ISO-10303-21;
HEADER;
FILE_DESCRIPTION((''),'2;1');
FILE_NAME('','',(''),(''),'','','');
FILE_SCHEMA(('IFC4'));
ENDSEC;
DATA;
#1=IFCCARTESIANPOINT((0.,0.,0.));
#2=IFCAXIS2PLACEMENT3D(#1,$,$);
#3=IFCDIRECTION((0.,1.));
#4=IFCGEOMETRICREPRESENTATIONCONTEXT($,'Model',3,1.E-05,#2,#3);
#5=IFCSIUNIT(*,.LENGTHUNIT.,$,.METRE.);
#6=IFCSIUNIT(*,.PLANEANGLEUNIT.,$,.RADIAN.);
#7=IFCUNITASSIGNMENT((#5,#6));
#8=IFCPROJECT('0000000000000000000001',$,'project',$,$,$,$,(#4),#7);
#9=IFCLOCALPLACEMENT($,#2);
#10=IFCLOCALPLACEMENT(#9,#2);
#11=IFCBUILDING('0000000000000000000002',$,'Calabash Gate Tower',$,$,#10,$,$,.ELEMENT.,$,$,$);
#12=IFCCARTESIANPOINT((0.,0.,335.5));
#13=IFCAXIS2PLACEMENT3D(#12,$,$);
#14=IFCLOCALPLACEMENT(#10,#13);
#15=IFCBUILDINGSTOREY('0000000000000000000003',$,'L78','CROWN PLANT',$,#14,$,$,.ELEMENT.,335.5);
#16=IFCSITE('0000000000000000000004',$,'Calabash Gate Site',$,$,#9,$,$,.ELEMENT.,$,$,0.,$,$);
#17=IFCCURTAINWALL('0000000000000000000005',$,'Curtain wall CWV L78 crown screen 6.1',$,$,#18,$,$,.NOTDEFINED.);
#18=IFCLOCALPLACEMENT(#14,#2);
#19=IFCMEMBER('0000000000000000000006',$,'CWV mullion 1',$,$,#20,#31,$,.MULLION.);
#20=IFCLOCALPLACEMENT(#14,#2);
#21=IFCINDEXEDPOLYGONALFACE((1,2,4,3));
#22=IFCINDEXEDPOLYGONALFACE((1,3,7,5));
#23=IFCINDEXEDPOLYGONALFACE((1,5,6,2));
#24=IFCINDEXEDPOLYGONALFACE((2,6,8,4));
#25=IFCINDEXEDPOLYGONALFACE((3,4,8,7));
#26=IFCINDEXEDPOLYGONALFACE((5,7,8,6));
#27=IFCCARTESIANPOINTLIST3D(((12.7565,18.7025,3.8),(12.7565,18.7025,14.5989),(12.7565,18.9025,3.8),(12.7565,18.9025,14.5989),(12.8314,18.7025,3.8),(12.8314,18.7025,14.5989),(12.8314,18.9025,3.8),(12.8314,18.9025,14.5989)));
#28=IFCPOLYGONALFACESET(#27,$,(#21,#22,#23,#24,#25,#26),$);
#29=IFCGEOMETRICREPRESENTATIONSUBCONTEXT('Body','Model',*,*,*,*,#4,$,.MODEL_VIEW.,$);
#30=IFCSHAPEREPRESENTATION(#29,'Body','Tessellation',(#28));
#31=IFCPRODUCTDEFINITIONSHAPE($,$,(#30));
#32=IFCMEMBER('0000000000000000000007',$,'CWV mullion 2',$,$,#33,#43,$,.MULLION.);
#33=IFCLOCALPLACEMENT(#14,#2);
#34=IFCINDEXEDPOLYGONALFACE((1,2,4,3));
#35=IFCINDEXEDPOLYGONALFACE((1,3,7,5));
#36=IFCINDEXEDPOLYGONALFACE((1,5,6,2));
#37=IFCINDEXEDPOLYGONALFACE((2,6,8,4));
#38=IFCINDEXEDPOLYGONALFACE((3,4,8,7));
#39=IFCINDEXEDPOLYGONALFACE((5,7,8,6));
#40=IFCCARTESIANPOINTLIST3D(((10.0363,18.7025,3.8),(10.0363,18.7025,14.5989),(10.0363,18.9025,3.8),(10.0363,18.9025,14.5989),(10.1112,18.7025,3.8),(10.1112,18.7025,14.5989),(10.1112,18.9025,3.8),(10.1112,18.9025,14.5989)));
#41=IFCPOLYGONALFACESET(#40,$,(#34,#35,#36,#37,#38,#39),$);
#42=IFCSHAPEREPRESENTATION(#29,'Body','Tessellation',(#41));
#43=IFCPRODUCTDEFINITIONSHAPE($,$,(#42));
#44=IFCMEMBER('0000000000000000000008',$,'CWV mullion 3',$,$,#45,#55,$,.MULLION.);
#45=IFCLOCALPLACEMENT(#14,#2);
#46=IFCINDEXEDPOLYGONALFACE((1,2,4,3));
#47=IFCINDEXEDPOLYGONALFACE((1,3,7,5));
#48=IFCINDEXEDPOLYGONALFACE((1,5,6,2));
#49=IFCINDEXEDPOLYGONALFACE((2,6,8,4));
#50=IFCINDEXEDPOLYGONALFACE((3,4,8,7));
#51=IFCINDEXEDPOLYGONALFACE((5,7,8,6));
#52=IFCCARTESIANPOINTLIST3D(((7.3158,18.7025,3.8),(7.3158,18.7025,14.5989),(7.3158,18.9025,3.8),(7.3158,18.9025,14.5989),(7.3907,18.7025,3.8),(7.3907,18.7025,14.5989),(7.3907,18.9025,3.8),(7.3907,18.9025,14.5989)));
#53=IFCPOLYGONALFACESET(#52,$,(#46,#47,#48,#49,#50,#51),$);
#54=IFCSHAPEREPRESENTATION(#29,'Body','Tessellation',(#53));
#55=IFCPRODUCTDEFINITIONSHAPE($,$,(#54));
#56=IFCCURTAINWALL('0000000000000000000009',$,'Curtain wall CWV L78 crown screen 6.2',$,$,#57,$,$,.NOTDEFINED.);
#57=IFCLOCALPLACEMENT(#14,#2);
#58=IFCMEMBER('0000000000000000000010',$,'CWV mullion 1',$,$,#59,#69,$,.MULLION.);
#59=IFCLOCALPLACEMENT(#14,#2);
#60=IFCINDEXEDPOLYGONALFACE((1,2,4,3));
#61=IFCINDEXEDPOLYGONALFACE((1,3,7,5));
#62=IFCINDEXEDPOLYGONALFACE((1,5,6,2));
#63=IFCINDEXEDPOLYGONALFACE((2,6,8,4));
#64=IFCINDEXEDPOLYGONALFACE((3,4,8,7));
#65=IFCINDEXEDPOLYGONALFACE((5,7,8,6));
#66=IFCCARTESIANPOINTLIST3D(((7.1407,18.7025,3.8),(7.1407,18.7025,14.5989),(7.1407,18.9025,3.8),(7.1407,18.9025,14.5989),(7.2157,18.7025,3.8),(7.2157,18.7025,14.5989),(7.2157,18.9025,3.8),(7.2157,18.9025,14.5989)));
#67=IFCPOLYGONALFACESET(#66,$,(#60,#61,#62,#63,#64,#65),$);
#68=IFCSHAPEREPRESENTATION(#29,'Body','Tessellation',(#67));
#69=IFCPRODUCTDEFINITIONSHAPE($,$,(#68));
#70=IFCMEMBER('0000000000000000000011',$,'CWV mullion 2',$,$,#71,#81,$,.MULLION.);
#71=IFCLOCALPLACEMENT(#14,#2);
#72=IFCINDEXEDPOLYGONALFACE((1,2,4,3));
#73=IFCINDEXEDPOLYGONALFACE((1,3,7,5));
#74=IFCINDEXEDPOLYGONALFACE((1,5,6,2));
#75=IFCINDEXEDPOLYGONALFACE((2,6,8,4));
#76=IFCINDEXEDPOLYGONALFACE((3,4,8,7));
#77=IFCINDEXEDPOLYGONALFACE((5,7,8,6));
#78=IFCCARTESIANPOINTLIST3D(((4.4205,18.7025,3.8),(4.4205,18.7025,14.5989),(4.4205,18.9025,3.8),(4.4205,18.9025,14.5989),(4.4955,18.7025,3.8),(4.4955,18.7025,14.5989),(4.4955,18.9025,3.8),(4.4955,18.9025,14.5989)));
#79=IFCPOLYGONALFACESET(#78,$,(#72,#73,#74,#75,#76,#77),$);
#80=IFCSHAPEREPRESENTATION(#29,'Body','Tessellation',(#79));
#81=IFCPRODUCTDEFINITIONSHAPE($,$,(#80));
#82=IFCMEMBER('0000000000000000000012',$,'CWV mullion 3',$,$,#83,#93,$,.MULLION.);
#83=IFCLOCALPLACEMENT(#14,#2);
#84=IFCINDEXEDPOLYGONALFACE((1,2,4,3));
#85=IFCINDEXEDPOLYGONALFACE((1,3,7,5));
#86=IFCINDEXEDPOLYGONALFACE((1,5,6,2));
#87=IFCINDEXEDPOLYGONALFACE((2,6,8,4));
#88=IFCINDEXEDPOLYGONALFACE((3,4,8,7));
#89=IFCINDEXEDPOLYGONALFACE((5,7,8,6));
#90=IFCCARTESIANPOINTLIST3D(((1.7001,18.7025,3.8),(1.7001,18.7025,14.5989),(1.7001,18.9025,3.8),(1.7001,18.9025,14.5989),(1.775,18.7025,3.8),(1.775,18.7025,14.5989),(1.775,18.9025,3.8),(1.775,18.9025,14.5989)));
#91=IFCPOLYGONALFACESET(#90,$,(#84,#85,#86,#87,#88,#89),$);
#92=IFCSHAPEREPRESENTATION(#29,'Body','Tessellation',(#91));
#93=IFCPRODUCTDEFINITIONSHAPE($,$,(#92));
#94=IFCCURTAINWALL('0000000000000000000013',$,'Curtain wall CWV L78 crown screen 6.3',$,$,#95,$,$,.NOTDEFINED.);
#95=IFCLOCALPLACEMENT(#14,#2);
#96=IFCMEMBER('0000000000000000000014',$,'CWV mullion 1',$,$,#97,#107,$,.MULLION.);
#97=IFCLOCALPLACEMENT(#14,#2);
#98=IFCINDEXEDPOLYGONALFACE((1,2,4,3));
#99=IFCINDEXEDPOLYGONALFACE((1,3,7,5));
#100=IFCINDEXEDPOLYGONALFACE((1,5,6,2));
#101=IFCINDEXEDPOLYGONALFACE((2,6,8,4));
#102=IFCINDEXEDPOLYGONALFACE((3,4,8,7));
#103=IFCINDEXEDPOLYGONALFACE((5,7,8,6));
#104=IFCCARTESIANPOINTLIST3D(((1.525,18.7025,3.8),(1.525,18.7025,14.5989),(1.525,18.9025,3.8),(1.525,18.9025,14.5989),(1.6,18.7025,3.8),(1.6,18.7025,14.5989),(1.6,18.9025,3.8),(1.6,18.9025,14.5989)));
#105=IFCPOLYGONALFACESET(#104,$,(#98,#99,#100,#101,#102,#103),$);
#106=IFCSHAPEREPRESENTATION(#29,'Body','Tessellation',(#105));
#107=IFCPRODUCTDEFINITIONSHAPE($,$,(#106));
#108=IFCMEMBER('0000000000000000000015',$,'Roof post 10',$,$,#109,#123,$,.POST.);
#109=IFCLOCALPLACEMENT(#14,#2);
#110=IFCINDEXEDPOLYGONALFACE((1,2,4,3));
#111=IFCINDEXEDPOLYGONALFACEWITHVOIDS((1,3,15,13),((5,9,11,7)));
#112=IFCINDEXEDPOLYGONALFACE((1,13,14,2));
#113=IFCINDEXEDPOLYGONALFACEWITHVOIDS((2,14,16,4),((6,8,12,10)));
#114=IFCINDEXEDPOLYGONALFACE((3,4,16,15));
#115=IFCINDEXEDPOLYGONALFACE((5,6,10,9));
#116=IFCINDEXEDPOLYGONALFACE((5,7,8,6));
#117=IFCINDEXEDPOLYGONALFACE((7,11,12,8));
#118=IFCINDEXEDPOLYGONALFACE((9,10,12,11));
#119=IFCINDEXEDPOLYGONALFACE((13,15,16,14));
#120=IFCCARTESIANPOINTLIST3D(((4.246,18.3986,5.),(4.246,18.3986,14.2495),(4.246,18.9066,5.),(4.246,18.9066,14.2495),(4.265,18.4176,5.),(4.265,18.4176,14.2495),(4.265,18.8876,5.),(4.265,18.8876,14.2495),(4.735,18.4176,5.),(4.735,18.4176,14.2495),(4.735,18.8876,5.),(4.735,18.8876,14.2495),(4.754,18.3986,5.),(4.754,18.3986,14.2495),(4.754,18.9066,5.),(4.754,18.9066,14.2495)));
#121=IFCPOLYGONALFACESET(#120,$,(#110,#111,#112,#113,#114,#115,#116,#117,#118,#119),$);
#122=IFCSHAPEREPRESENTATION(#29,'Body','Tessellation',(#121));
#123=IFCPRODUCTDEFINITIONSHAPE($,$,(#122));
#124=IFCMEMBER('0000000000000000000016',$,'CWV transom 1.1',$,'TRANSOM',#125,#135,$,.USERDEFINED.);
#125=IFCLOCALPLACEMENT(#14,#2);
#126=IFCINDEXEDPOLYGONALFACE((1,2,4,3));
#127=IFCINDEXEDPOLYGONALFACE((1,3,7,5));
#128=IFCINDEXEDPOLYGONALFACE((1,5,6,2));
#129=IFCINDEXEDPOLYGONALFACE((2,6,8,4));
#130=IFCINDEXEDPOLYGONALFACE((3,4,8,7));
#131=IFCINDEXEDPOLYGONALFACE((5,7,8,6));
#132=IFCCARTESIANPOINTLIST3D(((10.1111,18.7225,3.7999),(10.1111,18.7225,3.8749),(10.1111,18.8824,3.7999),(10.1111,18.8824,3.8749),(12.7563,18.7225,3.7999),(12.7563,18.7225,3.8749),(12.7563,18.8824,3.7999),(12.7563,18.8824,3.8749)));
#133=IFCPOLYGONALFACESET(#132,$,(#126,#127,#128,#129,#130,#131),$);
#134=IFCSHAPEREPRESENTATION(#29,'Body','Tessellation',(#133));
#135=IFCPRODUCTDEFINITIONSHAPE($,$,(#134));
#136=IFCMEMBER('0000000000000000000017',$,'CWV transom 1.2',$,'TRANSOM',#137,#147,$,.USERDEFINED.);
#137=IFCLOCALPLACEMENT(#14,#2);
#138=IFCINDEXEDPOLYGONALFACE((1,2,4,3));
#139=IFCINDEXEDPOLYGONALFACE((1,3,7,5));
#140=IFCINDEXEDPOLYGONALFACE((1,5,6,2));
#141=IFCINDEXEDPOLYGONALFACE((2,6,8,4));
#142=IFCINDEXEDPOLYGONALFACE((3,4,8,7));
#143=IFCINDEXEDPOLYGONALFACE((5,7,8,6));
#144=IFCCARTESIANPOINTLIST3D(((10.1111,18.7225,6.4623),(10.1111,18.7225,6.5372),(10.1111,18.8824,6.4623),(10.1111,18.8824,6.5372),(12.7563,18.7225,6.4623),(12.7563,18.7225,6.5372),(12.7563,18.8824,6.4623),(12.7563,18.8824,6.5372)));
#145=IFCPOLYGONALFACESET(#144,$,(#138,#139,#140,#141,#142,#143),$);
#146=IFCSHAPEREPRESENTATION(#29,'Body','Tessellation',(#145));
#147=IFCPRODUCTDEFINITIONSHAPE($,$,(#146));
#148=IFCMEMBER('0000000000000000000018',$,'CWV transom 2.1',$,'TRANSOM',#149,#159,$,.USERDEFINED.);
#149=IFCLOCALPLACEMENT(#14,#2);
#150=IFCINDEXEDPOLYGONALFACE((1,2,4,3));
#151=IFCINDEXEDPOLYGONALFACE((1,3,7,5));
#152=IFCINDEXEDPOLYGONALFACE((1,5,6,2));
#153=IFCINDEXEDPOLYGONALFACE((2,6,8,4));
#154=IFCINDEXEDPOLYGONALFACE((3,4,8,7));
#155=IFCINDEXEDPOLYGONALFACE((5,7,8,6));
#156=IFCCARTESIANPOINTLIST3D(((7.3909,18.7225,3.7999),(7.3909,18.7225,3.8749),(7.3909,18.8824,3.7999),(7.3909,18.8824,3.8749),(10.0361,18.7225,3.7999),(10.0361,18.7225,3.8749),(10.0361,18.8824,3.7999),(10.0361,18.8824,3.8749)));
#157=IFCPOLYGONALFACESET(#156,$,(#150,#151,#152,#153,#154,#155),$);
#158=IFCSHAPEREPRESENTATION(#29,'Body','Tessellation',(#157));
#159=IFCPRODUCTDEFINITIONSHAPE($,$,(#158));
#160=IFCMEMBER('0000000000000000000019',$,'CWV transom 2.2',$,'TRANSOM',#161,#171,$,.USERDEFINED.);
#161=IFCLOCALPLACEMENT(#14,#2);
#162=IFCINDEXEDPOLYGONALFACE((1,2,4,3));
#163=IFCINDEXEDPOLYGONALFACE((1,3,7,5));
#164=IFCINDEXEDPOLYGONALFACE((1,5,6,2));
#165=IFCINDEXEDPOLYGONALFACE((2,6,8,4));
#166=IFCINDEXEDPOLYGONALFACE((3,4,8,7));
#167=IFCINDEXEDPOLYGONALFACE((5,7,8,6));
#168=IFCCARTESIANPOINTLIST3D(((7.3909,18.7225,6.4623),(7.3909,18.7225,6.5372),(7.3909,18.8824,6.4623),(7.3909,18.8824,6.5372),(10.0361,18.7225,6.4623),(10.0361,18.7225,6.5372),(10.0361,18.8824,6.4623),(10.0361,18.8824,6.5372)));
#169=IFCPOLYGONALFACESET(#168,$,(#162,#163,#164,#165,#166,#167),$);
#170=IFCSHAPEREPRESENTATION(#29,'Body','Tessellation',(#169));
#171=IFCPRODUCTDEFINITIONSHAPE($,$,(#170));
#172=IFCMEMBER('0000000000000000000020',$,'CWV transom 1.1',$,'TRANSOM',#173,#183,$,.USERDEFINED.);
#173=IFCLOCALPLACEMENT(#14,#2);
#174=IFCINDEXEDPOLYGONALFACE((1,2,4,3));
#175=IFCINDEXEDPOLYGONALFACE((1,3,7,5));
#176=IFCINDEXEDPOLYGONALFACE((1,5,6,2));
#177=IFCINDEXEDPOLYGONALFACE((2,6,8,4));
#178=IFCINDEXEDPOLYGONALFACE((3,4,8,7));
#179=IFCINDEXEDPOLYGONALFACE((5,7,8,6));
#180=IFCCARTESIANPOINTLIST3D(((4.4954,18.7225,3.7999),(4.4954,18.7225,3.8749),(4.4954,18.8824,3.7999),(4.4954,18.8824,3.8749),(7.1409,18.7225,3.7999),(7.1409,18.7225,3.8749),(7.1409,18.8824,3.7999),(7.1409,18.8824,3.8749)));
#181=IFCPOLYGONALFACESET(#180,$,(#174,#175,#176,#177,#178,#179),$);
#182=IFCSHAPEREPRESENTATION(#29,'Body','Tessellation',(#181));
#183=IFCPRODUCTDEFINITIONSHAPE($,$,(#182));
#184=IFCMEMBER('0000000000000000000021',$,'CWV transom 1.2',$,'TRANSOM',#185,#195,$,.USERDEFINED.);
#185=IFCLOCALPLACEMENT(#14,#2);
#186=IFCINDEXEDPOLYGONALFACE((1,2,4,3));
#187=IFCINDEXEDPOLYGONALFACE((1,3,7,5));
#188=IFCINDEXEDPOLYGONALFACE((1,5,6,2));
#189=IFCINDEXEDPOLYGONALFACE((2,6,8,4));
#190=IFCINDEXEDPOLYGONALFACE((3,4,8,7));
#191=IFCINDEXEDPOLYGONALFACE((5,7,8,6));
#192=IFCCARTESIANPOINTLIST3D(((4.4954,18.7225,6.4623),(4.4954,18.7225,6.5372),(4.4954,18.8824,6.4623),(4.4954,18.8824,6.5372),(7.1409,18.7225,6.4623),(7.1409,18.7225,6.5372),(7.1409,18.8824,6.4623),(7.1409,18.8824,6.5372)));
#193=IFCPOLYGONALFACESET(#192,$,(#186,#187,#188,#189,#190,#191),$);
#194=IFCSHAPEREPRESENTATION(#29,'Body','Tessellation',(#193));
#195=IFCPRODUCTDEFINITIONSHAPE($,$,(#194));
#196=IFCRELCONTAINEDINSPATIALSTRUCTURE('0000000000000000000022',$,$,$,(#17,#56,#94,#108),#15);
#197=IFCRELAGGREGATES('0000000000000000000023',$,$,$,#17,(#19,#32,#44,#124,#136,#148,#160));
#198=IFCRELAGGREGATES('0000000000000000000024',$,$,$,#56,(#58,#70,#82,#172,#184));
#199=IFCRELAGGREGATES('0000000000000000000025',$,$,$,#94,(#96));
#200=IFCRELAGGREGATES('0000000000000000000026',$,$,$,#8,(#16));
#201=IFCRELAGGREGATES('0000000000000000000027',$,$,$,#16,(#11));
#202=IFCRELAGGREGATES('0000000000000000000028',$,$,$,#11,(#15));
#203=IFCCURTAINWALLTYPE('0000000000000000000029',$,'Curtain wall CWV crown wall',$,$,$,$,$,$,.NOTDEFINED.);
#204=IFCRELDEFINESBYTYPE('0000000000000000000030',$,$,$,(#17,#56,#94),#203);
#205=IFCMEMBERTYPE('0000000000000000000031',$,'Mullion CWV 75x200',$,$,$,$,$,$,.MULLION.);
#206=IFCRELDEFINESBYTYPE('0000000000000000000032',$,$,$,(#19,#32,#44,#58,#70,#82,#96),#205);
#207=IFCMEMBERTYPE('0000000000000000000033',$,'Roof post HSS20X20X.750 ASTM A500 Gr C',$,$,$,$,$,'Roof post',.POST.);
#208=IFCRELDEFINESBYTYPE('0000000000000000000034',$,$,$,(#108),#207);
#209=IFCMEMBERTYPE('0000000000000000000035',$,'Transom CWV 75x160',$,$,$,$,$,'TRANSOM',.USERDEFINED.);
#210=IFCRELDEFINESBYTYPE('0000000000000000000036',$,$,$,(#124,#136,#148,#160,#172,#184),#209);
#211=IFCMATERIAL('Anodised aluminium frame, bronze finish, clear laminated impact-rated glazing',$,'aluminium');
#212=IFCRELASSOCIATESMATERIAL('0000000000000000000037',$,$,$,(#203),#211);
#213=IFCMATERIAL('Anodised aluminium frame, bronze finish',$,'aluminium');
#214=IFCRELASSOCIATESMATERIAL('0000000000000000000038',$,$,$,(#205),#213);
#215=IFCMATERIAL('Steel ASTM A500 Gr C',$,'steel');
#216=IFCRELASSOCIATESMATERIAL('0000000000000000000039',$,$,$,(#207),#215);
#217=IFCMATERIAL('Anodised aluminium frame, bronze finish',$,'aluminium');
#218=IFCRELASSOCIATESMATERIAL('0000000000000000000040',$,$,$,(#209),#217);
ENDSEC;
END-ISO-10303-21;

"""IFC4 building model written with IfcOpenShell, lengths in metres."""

from ifc_helpers import new_model, si_unit, direction, frame, origin, origin_2d, place, context, subcontext, project, spatial, rectangle, hollow_rectangle, extrude, material, material_profile, profile_set, type_object, element, aggregate, save


model = new_model("IFC4")

# Units and contexts
model_context = context("Model", 3, precision=1e-05, world=origin(), true_north=direction((0.0, 1.0)))
body_context = subcontext(model_context, "Body", "Model", "MODEL_VIEW")
ifc_project = project(units=[si_unit("LENGTHUNIT", "METRE"), si_unit("PLANEANGLEUNIT", "RADIAN")], contexts=[model_context])

# Site, building, storey
site_placement = place(None, origin())
site = spatial("IfcSite", under=ifc_project, at=site_placement, Name="Calabash Gate Site", CompositionType="ELEMENT", RefElevation=0.0)
building_placement = place(site_placement, origin())
building = spatial("IfcBuilding", under=site, at=building_placement, Name="Calabash Gate Tower", CompositionType="ELEMENT")
storey_placement = place(building_placement, frame((0.0, 0.0, 335.5)))
storey = spatial("IfcBuildingStorey", under=building, at=storey_placement, Name="L78", Description="CROWN PLANT", CompositionType="ELEMENT", Elevation=335.5)

# Curtain walls, members
ifc_material_1 = material(Name="Anodised aluminium frame, bronze finish, clear laminated impact-rated glazing", Category="aluminium")
curtain_wall_type = type_object("IfcCurtainWallType", Name="Curtain wall CWV crown wall", PredefinedType="NOTDEFINED", material=ifc_material_1)
curtain_wall_1_placement = place(storey_placement, origin())
curtain_wall_1 = element("IfcCurtainWall", 1, at=curtain_wall_1_placement, inside=storey, type_object=curtain_wall_type, Name="Curtain wall CWV L78 crown screen 6.1", PredefinedType="NOTDEFINED")
ifc_material_2 = material(Name="Anodised aluminium frame, bronze finish", Category="aluminium")
ifc_material_profile_1 = material_profile(ifc_material_2, rectangle(XDim=0.2, YDim=0.075, at=origin_2d()))
ifc_profile_set_1 = profile_set([ifc_material_profile_1], Name="Anodised aluminium frame, bronze finish")
member_type_1 = type_object("IfcMemberType", Name="Mullion CWV 75x200", PredefinedType="MULLION", material=ifc_profile_set_1)
member_1_placement = place(storey_placement, frame((12.7939, 18.8025, 3.8), z_axis=(0.0, 0.0, 1.0), x_axis=(0.0, -1.0, 0.0)))
member_1 = element("IfcMember", 2, at=member_1_placement, type_object=member_type_1, Name="CWV mullion 1", PredefinedType="MULLION", context=body_context, shape_type="SweptSolid", body=[
    extrude(rectangle(XDim=0.2, YDim=0.075, at=origin_2d()), origin(), (0.0, 0.0, 1.0), 10.7988),
])
member_2_placement = place(storey_placement, frame((10.0737, 18.8025, 3.8), z_axis=(0.0, 0.0, 1.0), x_axis=(0.0, -1.0, 0.0)))
member_2 = element("IfcMember", 3, at=member_2_placement, type_object=member_type_1, Name="CWV mullion 2", PredefinedType="MULLION", context=body_context, shape_type="SweptSolid", body=[
    extrude(rectangle(XDim=0.2, YDim=0.075, at=origin_2d()), origin(), (0.0, 0.0, 1.0), 10.7988),
])
member_3_placement = place(storey_placement, frame((7.3533, 18.8025, 3.8), z_axis=(0.0, 0.0, 1.0), x_axis=(0.0, -1.0, 0.0)))
member_3 = element("IfcMember", 4, at=member_3_placement, type_object=member_type_1, Name="CWV mullion 3", PredefinedType="MULLION", context=body_context, shape_type="SweptSolid", body=[
    extrude(rectangle(XDim=0.2, YDim=0.075, at=origin_2d()), origin(), (0.0, 0.0, 1.0), 10.7988),
])
curtain_wall_2_placement = place(storey_placement, origin())
curtain_wall_2 = element("IfcCurtainWall", 5, at=curtain_wall_2_placement, inside=storey, type_object=curtain_wall_type, Name="Curtain wall CWV L78 crown screen 6.2", PredefinedType="NOTDEFINED")
member_4_placement = place(storey_placement, frame((7.1782, 18.8025, 3.8), z_axis=(0.0, 0.0, 1.0), x_axis=(0.0, -1.0, 0.0)))
member_4 = element("IfcMember", 6, at=member_4_placement, type_object=member_type_1, Name="CWV mullion 1", PredefinedType="MULLION", context=body_context, shape_type="SweptSolid", body=[
    extrude(rectangle(XDim=0.2, YDim=0.075, at=origin_2d()), origin(), (0.0, 0.0, 1.0), 10.7988),
])
member_5_placement = place(storey_placement, frame((4.458, 18.8025, 3.8), z_axis=(0.0, 0.0, 1.0), x_axis=(0.0, -1.0, 0.0)))
member_5 = element("IfcMember", 7, at=member_5_placement, type_object=member_type_1, Name="CWV mullion 2", PredefinedType="MULLION", context=body_context, shape_type="SweptSolid", body=[
    extrude(rectangle(XDim=0.2, YDim=0.075, at=origin_2d()), origin(), (0.0, 0.0, 1.0), 10.7988),
])
member_6_placement = place(storey_placement, frame((1.7375, 18.8025, 3.8), z_axis=(0.0, 0.0, 1.0), x_axis=(0.0, -1.0, 0.0)))
member_6 = element("IfcMember", 8, at=member_6_placement, type_object=member_type_1, Name="CWV mullion 3", PredefinedType="MULLION", context=body_context, shape_type="SweptSolid", body=[
    extrude(rectangle(XDim=0.2, YDim=0.075, at=origin_2d()), origin(), (0.0, 0.0, 1.0), 10.7988),
])

# Curtain wall, member
curtain_wall_3_placement = place(storey_placement, origin())
curtain_wall_3 = element("IfcCurtainWall", 9, at=curtain_wall_3_placement, inside=storey, type_object=curtain_wall_type, Name="Curtain wall CWV L78 crown screen 6.3", PredefinedType="NOTDEFINED")
member_7_placement = place(storey_placement, frame((1.5625, 18.8025, 3.8), z_axis=(0.0, 0.0, 1.0), x_axis=(0.0, -1.0, 0.0)))
member_7 = element("IfcMember", 10, at=member_7_placement, type_object=member_type_1, Name="CWV mullion 1", PredefinedType="MULLION", context=body_context, shape_type="SweptSolid", body=[
    extrude(rectangle(XDim=0.2, YDim=0.075, at=origin_2d()), origin(), (0.0, 0.0, 1.0), 10.7988),
])

# Members
ifc_material_3 = material(Name="Steel ASTM A500 Gr C", Category="steel")
ifc_material_profile_2 = material_profile(ifc_material_3, hollow_rectangle(XDim=0.5081, YDim=0.5081, WallThickness=0.019, at=origin_2d()))
ifc_profile_set_2 = profile_set([ifc_material_profile_2], Name="Steel ASTM A500 Gr C")
member_type_2 = type_object("IfcMemberType", Name="Roof post HSS20X20X.750 ASTM A500 Gr C", ElementType="Roof post", PredefinedType="POST", material=ifc_profile_set_2)
member_8_placement = place(storey_placement, frame((4.5, 18.6526, 5.0), z_axis=(0.0, 0.0, 1.0), x_axis=(1.0, 0.0, 0.0)))
element("IfcMember", 11, at=member_8_placement, inside=storey, type_object=member_type_2, Name="Roof post 10", PredefinedType="POST", context=body_context, shape_type="SweptSolid", body=[
    extrude(hollow_rectangle(XDim=0.5081, YDim=0.5081, WallThickness=0.019, at=origin_2d()), origin(), (0.0, 0.0, 1.0), 9.2495),
])
ifc_material_4 = material(Name="Anodised aluminium frame, bronze finish", Category="aluminium")
ifc_material_profile_3 = material_profile(ifc_material_4, rectangle(XDim=0.1599, YDim=0.075, at=origin_2d()))
ifc_profile_set_3 = profile_set([ifc_material_profile_3], Name="Anodised aluminium frame, bronze finish")
member_type_3 = type_object("IfcMemberType", Name="Transom CWV 75x160", ElementType="TRANSOM", PredefinedType="USERDEFINED", material=ifc_profile_set_3)
member_9_placement = place(storey_placement, frame((12.7563, 18.8025, 3.8374), z_axis=(-1.0, 0.0, 0.0), x_axis=(0.0, -1.0, 0.0)))
member_9 = element("IfcMember", 12, at=member_9_placement, type_object=member_type_3, Name="CWV transom 1.1", ObjectType="TRANSOM", PredefinedType="USERDEFINED", context=body_context, shape_type="SweptSolid", body=[
    extrude(rectangle(XDim=0.1599, YDim=0.075, at=origin_2d()), origin(), (0.0, 0.0, 1.0), 2.6453),
])
member_10_placement = place(storey_placement, frame((12.7563, 18.8025, 6.4998), z_axis=(-1.0, 0.0, 0.0), x_axis=(0.0, -1.0, 0.0)))
member_10 = element("IfcMember", 13, at=member_10_placement, type_object=member_type_3, Name="CWV transom 1.2", ObjectType="TRANSOM", PredefinedType="USERDEFINED", context=body_context, shape_type="SweptSolid", body=[
    extrude(rectangle(XDim=0.1599, YDim=0.075, at=origin_2d()), origin(), (0.0, 0.0, 1.0), 2.6453),
])
member_11_placement = place(storey_placement, frame((10.0361, 18.8025, 3.8374), z_axis=(-1.0, 0.0, 0.0), x_axis=(0.0, -1.0, 0.0)))
member_11 = element("IfcMember", 14, at=member_11_placement, type_object=member_type_3, Name="CWV transom 2.1", ObjectType="TRANSOM", PredefinedType="USERDEFINED", context=body_context, shape_type="SweptSolid", body=[
    extrude(rectangle(XDim=0.1599, YDim=0.075, at=origin_2d()), origin(), (0.0, 0.0, 1.0), 2.6453),
])
member_12_placement = place(storey_placement, frame((10.0361, 18.8025, 6.4998), z_axis=(-1.0, 0.0, 0.0), x_axis=(0.0, -1.0, 0.0)))
member_12 = element("IfcMember", 15, at=member_12_placement, type_object=member_type_3, Name="CWV transom 2.2", ObjectType="TRANSOM", PredefinedType="USERDEFINED", context=body_context, shape_type="SweptSolid", body=[
    extrude(rectangle(XDim=0.1599, YDim=0.075, at=origin_2d()), origin(), (0.0, 0.0, 1.0), 2.6453),
])
member_13_placement = place(storey_placement, frame((7.1409, 18.8025, 3.8374), z_axis=(-1.0, 0.0, 0.0), x_axis=(0.0, -1.0, 0.0)))
member_13 = element("IfcMember", 16, at=member_13_placement, type_object=member_type_3, Name="CWV transom 1.1", ObjectType="TRANSOM", PredefinedType="USERDEFINED", context=body_context, shape_type="SweptSolid", body=[
    extrude(rectangle(XDim=0.1599, YDim=0.075, at=origin_2d()), origin(), (0.0, 0.0, 1.0), 2.6455),
])
member_14_placement = place(storey_placement, frame((7.1409, 18.8025, 6.4998), z_axis=(-1.0, 0.0, 0.0), x_axis=(0.0, -1.0, 0.0)))
member_14 = element("IfcMember", 17, at=member_14_placement, type_object=member_type_3, Name="CWV transom 1.2", ObjectType="TRANSOM", PredefinedType="USERDEFINED", context=body_context, shape_type="SweptSolid", body=[
    extrude(rectangle(XDim=0.1599, YDim=0.075, at=origin_2d()), origin(), (0.0, 0.0, 1.0), 2.6455),
])

aggregate(curtain_wall_1, [member_1, member_2, member_3, member_9, member_10, member_11, member_12])
aggregate(curtain_wall_2, [member_4, member_5, member_6, member_13, member_14])
aggregate(curtain_wall_3, [member_7])

save(model, "model.ifc")
